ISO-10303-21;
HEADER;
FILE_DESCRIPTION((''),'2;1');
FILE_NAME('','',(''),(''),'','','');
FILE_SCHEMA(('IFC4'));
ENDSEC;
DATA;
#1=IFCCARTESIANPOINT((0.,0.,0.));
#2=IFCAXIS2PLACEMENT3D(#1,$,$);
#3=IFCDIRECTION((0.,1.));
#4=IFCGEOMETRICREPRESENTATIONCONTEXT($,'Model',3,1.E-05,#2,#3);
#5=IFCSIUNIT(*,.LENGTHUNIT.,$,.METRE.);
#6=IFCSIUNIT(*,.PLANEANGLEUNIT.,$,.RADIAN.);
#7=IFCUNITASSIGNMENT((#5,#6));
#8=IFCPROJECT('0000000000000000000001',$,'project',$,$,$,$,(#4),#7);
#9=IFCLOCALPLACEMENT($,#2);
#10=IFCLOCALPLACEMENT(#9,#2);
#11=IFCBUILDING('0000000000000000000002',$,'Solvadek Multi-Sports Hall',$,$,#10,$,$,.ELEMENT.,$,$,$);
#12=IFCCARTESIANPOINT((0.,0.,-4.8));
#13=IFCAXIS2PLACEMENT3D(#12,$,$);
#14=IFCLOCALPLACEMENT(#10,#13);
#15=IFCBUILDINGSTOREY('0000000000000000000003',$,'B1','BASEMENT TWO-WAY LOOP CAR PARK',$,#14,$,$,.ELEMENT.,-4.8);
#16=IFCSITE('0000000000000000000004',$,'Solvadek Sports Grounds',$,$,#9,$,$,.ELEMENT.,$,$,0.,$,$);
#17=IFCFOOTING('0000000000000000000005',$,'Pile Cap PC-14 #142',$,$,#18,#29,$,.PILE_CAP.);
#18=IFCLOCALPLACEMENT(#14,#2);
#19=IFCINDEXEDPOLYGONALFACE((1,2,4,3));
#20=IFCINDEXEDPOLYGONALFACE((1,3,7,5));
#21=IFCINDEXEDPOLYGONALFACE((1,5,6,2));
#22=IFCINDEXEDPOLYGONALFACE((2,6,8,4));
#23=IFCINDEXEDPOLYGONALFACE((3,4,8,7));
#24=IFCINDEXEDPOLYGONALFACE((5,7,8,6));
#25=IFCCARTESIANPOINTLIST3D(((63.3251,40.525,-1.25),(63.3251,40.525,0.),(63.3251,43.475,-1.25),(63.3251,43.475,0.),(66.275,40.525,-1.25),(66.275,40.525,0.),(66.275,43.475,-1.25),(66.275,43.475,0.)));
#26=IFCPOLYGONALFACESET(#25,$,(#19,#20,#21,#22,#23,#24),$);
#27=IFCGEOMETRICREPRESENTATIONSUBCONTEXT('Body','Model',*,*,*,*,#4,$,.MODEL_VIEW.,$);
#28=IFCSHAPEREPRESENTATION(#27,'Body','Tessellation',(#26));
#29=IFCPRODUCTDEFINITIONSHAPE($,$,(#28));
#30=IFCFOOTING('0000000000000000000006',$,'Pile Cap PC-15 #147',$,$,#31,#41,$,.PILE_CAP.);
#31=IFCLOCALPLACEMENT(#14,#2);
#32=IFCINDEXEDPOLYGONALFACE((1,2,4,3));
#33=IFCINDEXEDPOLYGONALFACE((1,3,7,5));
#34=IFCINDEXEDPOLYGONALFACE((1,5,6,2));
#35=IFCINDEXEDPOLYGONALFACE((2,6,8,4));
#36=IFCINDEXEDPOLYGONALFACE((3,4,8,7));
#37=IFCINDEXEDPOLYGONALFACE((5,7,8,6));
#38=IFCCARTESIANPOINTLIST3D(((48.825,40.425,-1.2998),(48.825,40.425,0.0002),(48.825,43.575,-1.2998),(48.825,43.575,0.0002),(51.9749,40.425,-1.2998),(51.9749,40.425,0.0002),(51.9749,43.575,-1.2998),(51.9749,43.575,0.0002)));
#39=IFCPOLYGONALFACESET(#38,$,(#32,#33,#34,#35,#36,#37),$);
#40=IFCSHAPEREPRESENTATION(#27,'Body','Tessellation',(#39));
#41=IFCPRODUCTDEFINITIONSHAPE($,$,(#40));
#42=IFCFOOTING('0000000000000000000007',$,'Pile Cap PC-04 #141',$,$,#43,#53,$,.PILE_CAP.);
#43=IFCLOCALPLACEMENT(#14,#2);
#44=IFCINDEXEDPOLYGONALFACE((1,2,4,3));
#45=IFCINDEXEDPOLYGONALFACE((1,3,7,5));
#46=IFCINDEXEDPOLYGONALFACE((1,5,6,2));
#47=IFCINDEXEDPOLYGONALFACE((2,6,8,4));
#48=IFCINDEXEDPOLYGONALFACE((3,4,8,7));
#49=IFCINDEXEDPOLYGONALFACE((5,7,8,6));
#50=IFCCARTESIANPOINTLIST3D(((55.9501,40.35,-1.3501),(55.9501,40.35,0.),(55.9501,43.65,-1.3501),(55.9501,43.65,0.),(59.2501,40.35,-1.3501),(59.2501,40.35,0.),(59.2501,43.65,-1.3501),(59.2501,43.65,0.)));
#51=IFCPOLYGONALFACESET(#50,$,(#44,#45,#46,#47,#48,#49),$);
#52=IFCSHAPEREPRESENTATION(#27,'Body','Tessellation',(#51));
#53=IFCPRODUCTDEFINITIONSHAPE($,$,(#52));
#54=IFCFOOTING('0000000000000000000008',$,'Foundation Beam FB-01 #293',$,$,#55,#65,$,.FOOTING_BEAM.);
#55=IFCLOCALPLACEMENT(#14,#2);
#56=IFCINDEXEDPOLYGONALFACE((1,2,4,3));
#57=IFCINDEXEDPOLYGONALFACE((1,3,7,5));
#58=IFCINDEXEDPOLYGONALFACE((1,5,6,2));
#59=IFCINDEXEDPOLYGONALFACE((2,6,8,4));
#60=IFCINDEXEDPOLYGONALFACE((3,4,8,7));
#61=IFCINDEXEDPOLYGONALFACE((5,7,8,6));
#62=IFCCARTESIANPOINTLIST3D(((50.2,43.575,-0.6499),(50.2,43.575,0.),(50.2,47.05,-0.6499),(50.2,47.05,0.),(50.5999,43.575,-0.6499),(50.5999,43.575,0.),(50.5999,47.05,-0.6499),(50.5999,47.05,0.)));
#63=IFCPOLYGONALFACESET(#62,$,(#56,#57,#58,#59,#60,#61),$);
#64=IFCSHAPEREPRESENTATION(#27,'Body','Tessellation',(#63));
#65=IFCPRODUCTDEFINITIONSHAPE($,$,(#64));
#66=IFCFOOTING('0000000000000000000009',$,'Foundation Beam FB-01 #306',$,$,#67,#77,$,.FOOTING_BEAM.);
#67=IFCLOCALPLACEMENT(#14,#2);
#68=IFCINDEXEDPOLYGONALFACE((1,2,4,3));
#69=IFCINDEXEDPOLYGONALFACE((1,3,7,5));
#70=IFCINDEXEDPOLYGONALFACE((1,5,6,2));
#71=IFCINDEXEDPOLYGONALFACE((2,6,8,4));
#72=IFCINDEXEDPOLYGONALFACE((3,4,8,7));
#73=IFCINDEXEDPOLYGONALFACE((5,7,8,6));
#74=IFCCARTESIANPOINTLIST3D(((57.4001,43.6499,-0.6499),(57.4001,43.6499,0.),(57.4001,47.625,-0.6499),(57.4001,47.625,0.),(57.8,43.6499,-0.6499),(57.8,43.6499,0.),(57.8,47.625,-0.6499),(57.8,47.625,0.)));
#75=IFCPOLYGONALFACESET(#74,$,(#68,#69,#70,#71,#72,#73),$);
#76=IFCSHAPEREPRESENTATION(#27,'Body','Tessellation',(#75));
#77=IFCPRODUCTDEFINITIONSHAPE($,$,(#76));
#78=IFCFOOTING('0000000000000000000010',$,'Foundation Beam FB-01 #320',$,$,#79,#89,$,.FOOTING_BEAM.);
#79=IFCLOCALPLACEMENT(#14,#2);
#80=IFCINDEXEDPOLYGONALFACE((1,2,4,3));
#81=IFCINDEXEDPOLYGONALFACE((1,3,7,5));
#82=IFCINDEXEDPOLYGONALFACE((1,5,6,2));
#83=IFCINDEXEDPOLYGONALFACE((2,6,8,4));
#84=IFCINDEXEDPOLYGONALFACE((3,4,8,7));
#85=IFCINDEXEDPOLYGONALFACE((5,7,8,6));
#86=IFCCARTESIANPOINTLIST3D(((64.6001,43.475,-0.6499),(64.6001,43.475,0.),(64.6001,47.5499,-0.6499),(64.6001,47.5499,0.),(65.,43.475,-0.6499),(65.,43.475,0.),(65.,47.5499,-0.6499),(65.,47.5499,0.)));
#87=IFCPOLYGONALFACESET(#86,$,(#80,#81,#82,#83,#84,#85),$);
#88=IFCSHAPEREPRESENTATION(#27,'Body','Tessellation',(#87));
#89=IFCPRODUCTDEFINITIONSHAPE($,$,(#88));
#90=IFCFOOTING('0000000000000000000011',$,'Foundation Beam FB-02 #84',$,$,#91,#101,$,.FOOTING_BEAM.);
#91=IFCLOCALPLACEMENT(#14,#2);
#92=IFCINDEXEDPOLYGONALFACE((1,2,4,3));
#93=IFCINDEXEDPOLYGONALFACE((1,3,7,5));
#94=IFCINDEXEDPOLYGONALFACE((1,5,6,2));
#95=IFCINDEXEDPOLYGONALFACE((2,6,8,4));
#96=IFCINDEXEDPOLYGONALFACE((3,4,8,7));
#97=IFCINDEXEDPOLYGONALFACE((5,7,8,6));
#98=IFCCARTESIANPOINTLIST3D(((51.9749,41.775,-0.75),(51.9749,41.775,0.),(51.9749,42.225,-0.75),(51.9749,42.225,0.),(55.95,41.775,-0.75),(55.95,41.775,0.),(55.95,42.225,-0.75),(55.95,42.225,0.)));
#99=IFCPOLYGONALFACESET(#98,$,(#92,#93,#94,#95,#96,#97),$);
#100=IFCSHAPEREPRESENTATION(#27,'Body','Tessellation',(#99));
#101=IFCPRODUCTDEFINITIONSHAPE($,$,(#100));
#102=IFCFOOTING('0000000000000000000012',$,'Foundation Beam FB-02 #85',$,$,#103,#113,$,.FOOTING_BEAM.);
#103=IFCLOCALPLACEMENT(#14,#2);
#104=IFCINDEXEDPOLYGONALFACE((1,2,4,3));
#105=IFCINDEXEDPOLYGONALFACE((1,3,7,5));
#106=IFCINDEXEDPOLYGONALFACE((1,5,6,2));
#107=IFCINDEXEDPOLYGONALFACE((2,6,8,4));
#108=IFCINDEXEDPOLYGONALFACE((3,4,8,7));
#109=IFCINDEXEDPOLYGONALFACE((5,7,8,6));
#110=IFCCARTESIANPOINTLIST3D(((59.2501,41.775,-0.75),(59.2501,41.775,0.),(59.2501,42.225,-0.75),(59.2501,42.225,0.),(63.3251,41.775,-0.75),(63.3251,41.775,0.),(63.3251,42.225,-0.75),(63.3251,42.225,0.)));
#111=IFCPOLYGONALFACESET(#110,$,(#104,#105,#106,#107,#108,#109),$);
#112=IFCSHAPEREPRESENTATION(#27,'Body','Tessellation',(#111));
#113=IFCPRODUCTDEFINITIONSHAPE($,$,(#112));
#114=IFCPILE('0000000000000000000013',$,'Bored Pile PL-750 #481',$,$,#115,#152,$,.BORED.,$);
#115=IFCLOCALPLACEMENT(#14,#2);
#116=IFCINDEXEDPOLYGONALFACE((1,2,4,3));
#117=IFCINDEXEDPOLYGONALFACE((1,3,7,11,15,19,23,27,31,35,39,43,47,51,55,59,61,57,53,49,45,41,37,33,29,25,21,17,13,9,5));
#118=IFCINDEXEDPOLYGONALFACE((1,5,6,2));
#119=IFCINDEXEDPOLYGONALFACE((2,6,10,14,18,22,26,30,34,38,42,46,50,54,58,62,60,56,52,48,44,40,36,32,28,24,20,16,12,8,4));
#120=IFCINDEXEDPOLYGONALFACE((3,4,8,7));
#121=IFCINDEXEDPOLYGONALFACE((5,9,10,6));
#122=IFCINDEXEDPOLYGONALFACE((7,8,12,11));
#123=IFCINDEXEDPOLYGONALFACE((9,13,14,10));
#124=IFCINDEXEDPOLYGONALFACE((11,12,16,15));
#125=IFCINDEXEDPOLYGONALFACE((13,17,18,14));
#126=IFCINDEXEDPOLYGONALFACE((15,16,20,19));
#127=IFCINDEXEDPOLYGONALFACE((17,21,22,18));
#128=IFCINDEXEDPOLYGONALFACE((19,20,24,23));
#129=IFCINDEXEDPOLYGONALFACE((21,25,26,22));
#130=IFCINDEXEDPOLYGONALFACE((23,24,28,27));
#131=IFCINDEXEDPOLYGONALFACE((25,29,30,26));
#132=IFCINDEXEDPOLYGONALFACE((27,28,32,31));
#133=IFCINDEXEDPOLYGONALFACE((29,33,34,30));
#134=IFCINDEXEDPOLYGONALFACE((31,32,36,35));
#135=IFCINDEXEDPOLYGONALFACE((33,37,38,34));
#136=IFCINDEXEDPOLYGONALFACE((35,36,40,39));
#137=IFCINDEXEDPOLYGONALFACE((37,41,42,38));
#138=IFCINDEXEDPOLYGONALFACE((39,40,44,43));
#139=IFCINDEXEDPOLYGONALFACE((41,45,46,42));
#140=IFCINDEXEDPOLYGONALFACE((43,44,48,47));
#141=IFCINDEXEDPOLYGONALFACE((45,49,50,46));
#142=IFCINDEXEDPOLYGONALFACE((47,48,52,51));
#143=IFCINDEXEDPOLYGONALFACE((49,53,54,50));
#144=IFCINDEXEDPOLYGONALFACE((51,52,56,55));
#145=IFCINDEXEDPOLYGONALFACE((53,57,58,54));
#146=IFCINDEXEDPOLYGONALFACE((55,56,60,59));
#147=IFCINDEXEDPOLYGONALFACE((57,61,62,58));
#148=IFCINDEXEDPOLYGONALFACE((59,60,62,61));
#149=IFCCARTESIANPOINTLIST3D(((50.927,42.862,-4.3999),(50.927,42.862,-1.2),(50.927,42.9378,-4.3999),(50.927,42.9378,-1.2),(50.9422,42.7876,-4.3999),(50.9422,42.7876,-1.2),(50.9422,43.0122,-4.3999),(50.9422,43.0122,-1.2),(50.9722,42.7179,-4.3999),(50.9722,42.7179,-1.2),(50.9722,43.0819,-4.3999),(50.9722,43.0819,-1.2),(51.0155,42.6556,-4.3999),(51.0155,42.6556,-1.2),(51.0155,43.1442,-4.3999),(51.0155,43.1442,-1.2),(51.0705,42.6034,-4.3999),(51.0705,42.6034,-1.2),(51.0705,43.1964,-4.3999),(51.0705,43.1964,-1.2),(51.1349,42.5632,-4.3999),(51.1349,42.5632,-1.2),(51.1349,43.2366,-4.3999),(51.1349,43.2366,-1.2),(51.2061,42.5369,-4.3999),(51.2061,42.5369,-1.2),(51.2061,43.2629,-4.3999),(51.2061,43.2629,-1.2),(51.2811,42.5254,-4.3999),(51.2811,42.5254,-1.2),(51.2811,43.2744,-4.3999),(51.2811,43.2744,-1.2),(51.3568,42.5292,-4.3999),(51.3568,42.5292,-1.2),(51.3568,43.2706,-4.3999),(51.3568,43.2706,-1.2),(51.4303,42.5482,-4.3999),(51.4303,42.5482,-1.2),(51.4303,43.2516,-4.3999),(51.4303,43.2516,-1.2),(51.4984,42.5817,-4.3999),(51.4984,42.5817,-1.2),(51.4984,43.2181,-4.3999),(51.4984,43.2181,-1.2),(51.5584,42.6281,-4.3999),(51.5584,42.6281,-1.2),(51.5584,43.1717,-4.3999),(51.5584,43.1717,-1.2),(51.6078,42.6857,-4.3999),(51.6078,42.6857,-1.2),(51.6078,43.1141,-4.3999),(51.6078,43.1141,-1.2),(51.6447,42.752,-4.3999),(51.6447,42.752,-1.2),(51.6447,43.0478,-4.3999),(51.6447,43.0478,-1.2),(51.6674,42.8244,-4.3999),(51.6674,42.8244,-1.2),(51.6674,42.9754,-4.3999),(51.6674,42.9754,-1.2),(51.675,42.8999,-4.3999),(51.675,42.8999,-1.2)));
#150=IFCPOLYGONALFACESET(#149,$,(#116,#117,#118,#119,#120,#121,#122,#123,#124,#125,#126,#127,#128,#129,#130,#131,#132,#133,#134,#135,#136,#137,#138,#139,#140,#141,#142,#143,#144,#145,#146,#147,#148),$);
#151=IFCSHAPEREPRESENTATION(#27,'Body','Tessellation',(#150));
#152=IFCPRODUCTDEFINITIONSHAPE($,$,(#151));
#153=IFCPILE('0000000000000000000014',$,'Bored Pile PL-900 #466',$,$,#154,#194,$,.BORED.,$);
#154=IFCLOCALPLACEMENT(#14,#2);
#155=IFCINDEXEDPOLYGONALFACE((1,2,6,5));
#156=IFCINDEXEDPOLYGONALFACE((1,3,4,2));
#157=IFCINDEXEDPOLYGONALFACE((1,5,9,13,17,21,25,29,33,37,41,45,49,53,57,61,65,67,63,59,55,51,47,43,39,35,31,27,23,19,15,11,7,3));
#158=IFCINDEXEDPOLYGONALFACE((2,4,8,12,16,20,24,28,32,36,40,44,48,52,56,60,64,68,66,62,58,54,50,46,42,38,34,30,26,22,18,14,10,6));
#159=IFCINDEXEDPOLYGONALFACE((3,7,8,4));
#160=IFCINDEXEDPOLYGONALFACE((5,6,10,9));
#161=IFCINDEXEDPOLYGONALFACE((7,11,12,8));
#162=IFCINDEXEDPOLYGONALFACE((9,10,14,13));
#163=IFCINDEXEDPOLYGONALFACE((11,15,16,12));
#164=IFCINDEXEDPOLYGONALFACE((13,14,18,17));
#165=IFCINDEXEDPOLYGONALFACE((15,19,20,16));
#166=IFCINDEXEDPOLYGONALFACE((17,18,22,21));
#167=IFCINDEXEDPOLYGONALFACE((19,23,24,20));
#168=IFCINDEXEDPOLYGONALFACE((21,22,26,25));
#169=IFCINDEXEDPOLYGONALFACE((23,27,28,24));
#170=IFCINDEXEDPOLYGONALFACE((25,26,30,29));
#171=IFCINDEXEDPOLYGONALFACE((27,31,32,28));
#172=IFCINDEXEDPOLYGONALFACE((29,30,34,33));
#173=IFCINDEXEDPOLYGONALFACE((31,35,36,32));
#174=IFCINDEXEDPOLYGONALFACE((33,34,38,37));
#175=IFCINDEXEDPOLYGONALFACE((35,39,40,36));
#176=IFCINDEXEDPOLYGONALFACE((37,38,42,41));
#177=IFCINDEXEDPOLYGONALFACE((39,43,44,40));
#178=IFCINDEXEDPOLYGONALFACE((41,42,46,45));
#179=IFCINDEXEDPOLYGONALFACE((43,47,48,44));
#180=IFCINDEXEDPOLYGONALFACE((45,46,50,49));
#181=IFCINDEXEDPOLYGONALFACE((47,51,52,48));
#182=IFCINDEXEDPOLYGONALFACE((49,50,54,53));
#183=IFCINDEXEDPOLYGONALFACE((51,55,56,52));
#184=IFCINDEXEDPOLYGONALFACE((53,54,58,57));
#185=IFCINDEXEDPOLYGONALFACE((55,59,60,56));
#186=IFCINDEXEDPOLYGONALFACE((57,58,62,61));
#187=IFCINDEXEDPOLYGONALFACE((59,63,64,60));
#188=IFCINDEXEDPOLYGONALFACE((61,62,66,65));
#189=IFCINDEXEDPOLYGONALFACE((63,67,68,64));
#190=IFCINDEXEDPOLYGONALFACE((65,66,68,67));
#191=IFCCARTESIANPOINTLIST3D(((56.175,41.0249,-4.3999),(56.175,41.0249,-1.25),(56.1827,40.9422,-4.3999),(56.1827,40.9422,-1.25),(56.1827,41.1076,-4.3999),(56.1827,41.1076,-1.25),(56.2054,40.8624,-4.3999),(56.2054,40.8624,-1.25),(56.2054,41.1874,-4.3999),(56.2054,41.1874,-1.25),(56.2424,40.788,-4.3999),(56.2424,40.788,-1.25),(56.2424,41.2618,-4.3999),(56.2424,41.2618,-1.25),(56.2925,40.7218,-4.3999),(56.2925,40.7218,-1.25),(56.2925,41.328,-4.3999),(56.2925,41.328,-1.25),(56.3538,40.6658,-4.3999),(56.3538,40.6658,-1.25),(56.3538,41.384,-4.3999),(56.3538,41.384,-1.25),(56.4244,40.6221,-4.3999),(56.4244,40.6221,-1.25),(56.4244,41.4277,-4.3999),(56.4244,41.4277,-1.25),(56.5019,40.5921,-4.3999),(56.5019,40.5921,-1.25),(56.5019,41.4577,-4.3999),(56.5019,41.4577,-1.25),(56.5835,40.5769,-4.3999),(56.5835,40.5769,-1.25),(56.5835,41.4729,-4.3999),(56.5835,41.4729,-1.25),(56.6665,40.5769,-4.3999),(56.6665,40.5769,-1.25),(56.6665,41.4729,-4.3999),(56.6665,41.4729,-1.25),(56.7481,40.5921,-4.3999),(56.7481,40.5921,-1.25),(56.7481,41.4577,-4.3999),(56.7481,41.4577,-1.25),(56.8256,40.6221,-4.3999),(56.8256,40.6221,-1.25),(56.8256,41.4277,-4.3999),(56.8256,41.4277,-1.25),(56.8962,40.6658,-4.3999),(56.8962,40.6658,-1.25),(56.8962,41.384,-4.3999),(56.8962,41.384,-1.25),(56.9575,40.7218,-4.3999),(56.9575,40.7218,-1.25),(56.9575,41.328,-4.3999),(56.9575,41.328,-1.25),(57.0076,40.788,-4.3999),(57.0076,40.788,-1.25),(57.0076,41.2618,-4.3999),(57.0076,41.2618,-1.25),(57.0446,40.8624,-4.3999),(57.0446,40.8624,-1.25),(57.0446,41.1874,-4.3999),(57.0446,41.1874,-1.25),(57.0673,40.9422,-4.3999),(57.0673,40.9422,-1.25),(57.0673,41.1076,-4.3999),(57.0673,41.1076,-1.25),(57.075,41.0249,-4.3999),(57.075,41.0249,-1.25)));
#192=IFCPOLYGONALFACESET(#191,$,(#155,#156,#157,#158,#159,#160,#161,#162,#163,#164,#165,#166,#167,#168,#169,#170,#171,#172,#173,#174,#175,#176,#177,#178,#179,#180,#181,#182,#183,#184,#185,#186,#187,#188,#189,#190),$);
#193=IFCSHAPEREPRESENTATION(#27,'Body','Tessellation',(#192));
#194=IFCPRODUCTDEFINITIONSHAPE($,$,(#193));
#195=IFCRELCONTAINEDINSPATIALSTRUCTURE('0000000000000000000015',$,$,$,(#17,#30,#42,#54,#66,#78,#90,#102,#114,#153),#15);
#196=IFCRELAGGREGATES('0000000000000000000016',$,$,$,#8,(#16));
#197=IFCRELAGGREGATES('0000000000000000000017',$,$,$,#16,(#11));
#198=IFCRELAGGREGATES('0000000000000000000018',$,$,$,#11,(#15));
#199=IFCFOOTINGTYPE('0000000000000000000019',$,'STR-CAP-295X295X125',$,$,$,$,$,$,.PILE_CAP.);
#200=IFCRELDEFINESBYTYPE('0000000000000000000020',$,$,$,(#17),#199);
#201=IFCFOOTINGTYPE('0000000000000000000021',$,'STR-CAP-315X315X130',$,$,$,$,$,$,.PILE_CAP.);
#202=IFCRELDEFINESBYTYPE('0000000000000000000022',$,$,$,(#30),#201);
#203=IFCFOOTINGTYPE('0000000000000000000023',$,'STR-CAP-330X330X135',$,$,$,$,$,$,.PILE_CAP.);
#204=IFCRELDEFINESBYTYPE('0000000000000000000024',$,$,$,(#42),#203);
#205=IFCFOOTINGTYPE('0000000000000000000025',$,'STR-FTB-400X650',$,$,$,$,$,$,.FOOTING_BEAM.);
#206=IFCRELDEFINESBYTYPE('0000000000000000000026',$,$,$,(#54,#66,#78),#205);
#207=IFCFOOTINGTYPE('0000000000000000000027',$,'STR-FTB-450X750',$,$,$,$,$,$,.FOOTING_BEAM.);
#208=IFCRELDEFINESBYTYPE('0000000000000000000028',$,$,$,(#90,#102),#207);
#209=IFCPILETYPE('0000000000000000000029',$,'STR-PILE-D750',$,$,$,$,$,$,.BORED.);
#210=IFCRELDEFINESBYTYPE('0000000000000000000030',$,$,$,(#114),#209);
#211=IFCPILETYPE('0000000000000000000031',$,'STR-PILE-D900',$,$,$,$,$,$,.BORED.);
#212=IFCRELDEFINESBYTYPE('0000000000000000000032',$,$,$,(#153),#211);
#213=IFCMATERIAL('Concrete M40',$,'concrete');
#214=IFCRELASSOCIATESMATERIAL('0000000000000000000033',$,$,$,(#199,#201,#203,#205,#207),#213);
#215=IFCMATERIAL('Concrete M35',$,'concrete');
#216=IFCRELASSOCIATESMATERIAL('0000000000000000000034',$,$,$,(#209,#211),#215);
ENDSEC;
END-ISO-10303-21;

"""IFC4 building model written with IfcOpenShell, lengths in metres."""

from ifc_helpers import new_model, si_unit, direction, frame, origin, origin_2d, place, context, subcontext, project, spatial, rectangle, circle, extrude, material, material_profile, profile_set, type_object, element, save


model = new_model("IFC4")

# Units and contexts
model_context = context("Model", 3, precision=1e-05, world=origin(), true_north=direction((0.0, 1.0)))
body_context = subcontext(model_context, "Body", "Model", "MODEL_VIEW")
ifc_project = project(units=[si_unit("LENGTHUNIT", "METRE"), si_unit("PLANEANGLEUNIT", "RADIAN")], contexts=[model_context])

# Site, building, storey
site_placement = place(None, origin())
site = spatial("IfcSite", under=ifc_project, at=site_placement, Name="Solvadek Sports Grounds", CompositionType="ELEMENT", RefElevation=0.0)
building_placement = place(site_placement, origin())
building = spatial("IfcBuilding", under=site, at=building_placement, Name="Solvadek Multi-Sports Hall", CompositionType="ELEMENT")
storey_placement = place(building_placement, frame((0.0, 0.0, -4.8)))
storey = spatial("IfcBuildingStorey", under=building, at=storey_placement, Name="B1", Description="BASEMENT TWO-WAY LOOP CAR PARK", CompositionType="ELEMENT", Elevation=-4.8)

# Footings
ifc_material_1 = material(Name="Concrete M40", Category="concrete")
footing_type_1 = type_object("IfcFootingType", Name="STR-CAP-295X295X125", PredefinedType="PILE_CAP", material=ifc_material_1)
footing_1_placement = place(storey_placement, frame((64.8, 42.0, -1.25), z_axis=(0.0, 0.0, 1.0), x_axis=(1.0, 0.0, 0.0)))
element("IfcFooting", 1, at=footing_1_placement, inside=storey, type_object=footing_type_1, Name="Pile Cap PC-14 #142", PredefinedType="PILE_CAP", context=body_context, shape_type="SweptSolid", body=[
    extrude(rectangle(XDim=2.95, YDim=2.95, at=origin_2d()), origin(), (0.0, 0.0, 1.0), 1.25),
])
footing_type_2 = type_object("IfcFootingType", Name="STR-CAP-315X315X130", PredefinedType="PILE_CAP", material=ifc_material_1)
footing_2_placement = place(storey_placement, frame((50.3999, 42.0, -1.2998), z_axis=(0.0, 0.0, 1.0), x_axis=(1.0, 0.0, 0.0)))
element("IfcFooting", 2, at=footing_2_placement, inside=storey, type_object=footing_type_2, Name="Pile Cap PC-15 #147", PredefinedType="PILE_CAP", context=body_context, shape_type="SweptSolid", body=[
    extrude(rectangle(XDim=3.1499, YDim=3.1499, at=origin_2d()), origin(), (0.0, 0.0, 1.0), 1.3),
])
footing_type_3 = type_object("IfcFootingType", Name="STR-CAP-330X330X135", PredefinedType="PILE_CAP", material=ifc_material_1)
footing_3_placement = place(storey_placement, frame((57.6001, 42.0, -1.3501), z_axis=(0.0, 0.0, 1.0), x_axis=(1.0, 0.0, 0.0)))
element("IfcFooting", 3, at=footing_3_placement, inside=storey, type_object=footing_type_3, Name="Pile Cap PC-04 #141", PredefinedType="PILE_CAP", context=body_context, shape_type="SweptSolid", body=[
    extrude(rectangle(XDim=3.3, YDim=3.3, at=origin_2d()), origin(), (0.0, 0.0, 1.0), 1.3501),
])
footing_type_4 = type_object("IfcFootingType", Name="STR-FTB-400X650", PredefinedType="FOOTING_BEAM", material=ifc_material_1)
footing_4_placement = place(storey_placement, frame((50.3999, 45.3125, -0.6499), z_axis=(0.0, 0.0, 1.0), x_axis=(0.0, 1.0, 0.0)))
element("IfcFooting", 4, at=footing_4_placement, inside=storey, type_object=footing_type_4, Name="Foundation Beam FB-01 #293", PredefinedType="FOOTING_BEAM", context=body_context, shape_type="SweptSolid", body=[
    extrude(rectangle(XDim=3.4751, YDim=0.3999, at=origin_2d()), origin(), (0.0, 0.0, 1.0), 0.6499),
])
footing_5_placement = place(storey_placement, frame((57.6001, 45.6375, -0.6499), z_axis=(0.0, 0.0, 1.0), x_axis=(0.0, 1.0, 0.0)))
element("IfcFooting", 5, at=footing_5_placement, inside=storey, type_object=footing_type_4, Name="Foundation Beam FB-01 #306", PredefinedType="FOOTING_BEAM", context=body_context, shape_type="SweptSolid", body=[
    extrude(rectangle(XDim=3.9751, YDim=0.3999, at=origin_2d()), origin(), (0.0, 0.0, 1.0), 0.6499),
])
footing_6_placement = place(storey_placement, frame((64.8, 45.5125, -0.6499), z_axis=(0.0, 0.0, 1.0), x_axis=(0.0, 1.0, 0.0)))
element("IfcFooting", 6, at=footing_6_placement, inside=storey, type_object=footing_type_4, Name="Foundation Beam FB-01 #320", PredefinedType="FOOTING_BEAM", context=body_context, shape_type="SweptSolid", body=[
    extrude(rectangle(XDim=4.075, YDim=0.3999, at=origin_2d()), origin(), (0.0, 0.0, 1.0), 0.6499),
])
footing_type_5 = type_object("IfcFootingType", Name="STR-FTB-450X750", PredefinedType="FOOTING_BEAM", material=ifc_material_1)
footing_7_placement = place(storey_placement, frame((53.9624, 42.0, -0.75), z_axis=(0.0, 0.0, 1.0), x_axis=(1.0, 0.0, 0.0)))
element("IfcFooting", 7, at=footing_7_placement, inside=storey, type_object=footing_type_5, Name="Foundation Beam FB-02 #84", PredefinedType="FOOTING_BEAM", context=body_context, shape_type="SweptSolid", body=[
    extrude(rectangle(XDim=3.9751, YDim=0.45, at=origin_2d()), origin(), (0.0, 0.0, 1.0), 0.75),
])
footing_8_placement = place(storey_placement, frame((61.2876, 42.0, -0.75), z_axis=(0.0, 0.0, 1.0), x_axis=(1.0, 0.0, 0.0)))
element("IfcFooting", 8, at=footing_8_placement, inside=storey, type_object=footing_type_5, Name="Foundation Beam FB-02 #85", PredefinedType="FOOTING_BEAM", context=body_context, shape_type="SweptSolid", body=[
    extrude(rectangle(XDim=4.075, YDim=0.45, at=origin_2d()), origin(), (0.0, 0.0, 1.0), 0.75),
])

# Piles
ifc_material_2 = material(Name="Concrete M35", Category="concrete")
ifc_material_profile_1 = material_profile(ifc_material_2, circle(Radius=0.375, at=origin_2d()), Name="BORED PILE D750")
ifc_profile_set_1 = profile_set([ifc_material_profile_1], Name="Concrete M35")
pile_type_1 = type_object("IfcPileType", Name="STR-PILE-D750", PredefinedType="BORED", material=ifc_profile_set_1)
pile_1_placement = place(storey_placement, frame((51.3, 42.8999, -1.2), z_axis=(0.0, 0.0, -1.0), x_axis=(1.0, 0.0, 0.0)))
element("IfcPile", 9, at=pile_1_placement, inside=storey, type_object=pile_type_1, Name="Bored Pile PL-750 #481", PredefinedType="BORED", context=body_context, shape_type="SweptSolid", body=[
    extrude(circle(Radius=0.375, at=origin_2d()), origin(), (0.0, 0.0, 1.0), 3.2),
])
ifc_material_profile_2 = material_profile(ifc_material_2, circle(Radius=0.45, at=origin_2d()), Name="BORED PILE D900")
ifc_profile_set_2 = profile_set([ifc_material_profile_2], Name="Concrete M35")
pile_type_2 = type_object("IfcPileType", Name="STR-PILE-D900", PredefinedType="BORED", material=ifc_profile_set_2)
for number, where, z_axis, x_axis, name in (
    (10, (56.625, 41.0249, -1.25), (0.0, 0.0, -1.0), (1.0, 0.0, 0.0), "Bored Pile PL-900 #466"),
):
    element("IfcPile", number, at=place(storey_placement, frame(where, z_axis=z_axis, x_axis=x_axis)), inside=storey, type_object=pile_type_2, Name=name, PredefinedType="BORED", context=body_context, shape_type="SweptSolid", body=[
        extrude(circle(Radius=0.45, at=origin_2d()), origin(), (0.0, 0.0, 1.0), 3.1499),
    ])

save(model, "model.ifc")
